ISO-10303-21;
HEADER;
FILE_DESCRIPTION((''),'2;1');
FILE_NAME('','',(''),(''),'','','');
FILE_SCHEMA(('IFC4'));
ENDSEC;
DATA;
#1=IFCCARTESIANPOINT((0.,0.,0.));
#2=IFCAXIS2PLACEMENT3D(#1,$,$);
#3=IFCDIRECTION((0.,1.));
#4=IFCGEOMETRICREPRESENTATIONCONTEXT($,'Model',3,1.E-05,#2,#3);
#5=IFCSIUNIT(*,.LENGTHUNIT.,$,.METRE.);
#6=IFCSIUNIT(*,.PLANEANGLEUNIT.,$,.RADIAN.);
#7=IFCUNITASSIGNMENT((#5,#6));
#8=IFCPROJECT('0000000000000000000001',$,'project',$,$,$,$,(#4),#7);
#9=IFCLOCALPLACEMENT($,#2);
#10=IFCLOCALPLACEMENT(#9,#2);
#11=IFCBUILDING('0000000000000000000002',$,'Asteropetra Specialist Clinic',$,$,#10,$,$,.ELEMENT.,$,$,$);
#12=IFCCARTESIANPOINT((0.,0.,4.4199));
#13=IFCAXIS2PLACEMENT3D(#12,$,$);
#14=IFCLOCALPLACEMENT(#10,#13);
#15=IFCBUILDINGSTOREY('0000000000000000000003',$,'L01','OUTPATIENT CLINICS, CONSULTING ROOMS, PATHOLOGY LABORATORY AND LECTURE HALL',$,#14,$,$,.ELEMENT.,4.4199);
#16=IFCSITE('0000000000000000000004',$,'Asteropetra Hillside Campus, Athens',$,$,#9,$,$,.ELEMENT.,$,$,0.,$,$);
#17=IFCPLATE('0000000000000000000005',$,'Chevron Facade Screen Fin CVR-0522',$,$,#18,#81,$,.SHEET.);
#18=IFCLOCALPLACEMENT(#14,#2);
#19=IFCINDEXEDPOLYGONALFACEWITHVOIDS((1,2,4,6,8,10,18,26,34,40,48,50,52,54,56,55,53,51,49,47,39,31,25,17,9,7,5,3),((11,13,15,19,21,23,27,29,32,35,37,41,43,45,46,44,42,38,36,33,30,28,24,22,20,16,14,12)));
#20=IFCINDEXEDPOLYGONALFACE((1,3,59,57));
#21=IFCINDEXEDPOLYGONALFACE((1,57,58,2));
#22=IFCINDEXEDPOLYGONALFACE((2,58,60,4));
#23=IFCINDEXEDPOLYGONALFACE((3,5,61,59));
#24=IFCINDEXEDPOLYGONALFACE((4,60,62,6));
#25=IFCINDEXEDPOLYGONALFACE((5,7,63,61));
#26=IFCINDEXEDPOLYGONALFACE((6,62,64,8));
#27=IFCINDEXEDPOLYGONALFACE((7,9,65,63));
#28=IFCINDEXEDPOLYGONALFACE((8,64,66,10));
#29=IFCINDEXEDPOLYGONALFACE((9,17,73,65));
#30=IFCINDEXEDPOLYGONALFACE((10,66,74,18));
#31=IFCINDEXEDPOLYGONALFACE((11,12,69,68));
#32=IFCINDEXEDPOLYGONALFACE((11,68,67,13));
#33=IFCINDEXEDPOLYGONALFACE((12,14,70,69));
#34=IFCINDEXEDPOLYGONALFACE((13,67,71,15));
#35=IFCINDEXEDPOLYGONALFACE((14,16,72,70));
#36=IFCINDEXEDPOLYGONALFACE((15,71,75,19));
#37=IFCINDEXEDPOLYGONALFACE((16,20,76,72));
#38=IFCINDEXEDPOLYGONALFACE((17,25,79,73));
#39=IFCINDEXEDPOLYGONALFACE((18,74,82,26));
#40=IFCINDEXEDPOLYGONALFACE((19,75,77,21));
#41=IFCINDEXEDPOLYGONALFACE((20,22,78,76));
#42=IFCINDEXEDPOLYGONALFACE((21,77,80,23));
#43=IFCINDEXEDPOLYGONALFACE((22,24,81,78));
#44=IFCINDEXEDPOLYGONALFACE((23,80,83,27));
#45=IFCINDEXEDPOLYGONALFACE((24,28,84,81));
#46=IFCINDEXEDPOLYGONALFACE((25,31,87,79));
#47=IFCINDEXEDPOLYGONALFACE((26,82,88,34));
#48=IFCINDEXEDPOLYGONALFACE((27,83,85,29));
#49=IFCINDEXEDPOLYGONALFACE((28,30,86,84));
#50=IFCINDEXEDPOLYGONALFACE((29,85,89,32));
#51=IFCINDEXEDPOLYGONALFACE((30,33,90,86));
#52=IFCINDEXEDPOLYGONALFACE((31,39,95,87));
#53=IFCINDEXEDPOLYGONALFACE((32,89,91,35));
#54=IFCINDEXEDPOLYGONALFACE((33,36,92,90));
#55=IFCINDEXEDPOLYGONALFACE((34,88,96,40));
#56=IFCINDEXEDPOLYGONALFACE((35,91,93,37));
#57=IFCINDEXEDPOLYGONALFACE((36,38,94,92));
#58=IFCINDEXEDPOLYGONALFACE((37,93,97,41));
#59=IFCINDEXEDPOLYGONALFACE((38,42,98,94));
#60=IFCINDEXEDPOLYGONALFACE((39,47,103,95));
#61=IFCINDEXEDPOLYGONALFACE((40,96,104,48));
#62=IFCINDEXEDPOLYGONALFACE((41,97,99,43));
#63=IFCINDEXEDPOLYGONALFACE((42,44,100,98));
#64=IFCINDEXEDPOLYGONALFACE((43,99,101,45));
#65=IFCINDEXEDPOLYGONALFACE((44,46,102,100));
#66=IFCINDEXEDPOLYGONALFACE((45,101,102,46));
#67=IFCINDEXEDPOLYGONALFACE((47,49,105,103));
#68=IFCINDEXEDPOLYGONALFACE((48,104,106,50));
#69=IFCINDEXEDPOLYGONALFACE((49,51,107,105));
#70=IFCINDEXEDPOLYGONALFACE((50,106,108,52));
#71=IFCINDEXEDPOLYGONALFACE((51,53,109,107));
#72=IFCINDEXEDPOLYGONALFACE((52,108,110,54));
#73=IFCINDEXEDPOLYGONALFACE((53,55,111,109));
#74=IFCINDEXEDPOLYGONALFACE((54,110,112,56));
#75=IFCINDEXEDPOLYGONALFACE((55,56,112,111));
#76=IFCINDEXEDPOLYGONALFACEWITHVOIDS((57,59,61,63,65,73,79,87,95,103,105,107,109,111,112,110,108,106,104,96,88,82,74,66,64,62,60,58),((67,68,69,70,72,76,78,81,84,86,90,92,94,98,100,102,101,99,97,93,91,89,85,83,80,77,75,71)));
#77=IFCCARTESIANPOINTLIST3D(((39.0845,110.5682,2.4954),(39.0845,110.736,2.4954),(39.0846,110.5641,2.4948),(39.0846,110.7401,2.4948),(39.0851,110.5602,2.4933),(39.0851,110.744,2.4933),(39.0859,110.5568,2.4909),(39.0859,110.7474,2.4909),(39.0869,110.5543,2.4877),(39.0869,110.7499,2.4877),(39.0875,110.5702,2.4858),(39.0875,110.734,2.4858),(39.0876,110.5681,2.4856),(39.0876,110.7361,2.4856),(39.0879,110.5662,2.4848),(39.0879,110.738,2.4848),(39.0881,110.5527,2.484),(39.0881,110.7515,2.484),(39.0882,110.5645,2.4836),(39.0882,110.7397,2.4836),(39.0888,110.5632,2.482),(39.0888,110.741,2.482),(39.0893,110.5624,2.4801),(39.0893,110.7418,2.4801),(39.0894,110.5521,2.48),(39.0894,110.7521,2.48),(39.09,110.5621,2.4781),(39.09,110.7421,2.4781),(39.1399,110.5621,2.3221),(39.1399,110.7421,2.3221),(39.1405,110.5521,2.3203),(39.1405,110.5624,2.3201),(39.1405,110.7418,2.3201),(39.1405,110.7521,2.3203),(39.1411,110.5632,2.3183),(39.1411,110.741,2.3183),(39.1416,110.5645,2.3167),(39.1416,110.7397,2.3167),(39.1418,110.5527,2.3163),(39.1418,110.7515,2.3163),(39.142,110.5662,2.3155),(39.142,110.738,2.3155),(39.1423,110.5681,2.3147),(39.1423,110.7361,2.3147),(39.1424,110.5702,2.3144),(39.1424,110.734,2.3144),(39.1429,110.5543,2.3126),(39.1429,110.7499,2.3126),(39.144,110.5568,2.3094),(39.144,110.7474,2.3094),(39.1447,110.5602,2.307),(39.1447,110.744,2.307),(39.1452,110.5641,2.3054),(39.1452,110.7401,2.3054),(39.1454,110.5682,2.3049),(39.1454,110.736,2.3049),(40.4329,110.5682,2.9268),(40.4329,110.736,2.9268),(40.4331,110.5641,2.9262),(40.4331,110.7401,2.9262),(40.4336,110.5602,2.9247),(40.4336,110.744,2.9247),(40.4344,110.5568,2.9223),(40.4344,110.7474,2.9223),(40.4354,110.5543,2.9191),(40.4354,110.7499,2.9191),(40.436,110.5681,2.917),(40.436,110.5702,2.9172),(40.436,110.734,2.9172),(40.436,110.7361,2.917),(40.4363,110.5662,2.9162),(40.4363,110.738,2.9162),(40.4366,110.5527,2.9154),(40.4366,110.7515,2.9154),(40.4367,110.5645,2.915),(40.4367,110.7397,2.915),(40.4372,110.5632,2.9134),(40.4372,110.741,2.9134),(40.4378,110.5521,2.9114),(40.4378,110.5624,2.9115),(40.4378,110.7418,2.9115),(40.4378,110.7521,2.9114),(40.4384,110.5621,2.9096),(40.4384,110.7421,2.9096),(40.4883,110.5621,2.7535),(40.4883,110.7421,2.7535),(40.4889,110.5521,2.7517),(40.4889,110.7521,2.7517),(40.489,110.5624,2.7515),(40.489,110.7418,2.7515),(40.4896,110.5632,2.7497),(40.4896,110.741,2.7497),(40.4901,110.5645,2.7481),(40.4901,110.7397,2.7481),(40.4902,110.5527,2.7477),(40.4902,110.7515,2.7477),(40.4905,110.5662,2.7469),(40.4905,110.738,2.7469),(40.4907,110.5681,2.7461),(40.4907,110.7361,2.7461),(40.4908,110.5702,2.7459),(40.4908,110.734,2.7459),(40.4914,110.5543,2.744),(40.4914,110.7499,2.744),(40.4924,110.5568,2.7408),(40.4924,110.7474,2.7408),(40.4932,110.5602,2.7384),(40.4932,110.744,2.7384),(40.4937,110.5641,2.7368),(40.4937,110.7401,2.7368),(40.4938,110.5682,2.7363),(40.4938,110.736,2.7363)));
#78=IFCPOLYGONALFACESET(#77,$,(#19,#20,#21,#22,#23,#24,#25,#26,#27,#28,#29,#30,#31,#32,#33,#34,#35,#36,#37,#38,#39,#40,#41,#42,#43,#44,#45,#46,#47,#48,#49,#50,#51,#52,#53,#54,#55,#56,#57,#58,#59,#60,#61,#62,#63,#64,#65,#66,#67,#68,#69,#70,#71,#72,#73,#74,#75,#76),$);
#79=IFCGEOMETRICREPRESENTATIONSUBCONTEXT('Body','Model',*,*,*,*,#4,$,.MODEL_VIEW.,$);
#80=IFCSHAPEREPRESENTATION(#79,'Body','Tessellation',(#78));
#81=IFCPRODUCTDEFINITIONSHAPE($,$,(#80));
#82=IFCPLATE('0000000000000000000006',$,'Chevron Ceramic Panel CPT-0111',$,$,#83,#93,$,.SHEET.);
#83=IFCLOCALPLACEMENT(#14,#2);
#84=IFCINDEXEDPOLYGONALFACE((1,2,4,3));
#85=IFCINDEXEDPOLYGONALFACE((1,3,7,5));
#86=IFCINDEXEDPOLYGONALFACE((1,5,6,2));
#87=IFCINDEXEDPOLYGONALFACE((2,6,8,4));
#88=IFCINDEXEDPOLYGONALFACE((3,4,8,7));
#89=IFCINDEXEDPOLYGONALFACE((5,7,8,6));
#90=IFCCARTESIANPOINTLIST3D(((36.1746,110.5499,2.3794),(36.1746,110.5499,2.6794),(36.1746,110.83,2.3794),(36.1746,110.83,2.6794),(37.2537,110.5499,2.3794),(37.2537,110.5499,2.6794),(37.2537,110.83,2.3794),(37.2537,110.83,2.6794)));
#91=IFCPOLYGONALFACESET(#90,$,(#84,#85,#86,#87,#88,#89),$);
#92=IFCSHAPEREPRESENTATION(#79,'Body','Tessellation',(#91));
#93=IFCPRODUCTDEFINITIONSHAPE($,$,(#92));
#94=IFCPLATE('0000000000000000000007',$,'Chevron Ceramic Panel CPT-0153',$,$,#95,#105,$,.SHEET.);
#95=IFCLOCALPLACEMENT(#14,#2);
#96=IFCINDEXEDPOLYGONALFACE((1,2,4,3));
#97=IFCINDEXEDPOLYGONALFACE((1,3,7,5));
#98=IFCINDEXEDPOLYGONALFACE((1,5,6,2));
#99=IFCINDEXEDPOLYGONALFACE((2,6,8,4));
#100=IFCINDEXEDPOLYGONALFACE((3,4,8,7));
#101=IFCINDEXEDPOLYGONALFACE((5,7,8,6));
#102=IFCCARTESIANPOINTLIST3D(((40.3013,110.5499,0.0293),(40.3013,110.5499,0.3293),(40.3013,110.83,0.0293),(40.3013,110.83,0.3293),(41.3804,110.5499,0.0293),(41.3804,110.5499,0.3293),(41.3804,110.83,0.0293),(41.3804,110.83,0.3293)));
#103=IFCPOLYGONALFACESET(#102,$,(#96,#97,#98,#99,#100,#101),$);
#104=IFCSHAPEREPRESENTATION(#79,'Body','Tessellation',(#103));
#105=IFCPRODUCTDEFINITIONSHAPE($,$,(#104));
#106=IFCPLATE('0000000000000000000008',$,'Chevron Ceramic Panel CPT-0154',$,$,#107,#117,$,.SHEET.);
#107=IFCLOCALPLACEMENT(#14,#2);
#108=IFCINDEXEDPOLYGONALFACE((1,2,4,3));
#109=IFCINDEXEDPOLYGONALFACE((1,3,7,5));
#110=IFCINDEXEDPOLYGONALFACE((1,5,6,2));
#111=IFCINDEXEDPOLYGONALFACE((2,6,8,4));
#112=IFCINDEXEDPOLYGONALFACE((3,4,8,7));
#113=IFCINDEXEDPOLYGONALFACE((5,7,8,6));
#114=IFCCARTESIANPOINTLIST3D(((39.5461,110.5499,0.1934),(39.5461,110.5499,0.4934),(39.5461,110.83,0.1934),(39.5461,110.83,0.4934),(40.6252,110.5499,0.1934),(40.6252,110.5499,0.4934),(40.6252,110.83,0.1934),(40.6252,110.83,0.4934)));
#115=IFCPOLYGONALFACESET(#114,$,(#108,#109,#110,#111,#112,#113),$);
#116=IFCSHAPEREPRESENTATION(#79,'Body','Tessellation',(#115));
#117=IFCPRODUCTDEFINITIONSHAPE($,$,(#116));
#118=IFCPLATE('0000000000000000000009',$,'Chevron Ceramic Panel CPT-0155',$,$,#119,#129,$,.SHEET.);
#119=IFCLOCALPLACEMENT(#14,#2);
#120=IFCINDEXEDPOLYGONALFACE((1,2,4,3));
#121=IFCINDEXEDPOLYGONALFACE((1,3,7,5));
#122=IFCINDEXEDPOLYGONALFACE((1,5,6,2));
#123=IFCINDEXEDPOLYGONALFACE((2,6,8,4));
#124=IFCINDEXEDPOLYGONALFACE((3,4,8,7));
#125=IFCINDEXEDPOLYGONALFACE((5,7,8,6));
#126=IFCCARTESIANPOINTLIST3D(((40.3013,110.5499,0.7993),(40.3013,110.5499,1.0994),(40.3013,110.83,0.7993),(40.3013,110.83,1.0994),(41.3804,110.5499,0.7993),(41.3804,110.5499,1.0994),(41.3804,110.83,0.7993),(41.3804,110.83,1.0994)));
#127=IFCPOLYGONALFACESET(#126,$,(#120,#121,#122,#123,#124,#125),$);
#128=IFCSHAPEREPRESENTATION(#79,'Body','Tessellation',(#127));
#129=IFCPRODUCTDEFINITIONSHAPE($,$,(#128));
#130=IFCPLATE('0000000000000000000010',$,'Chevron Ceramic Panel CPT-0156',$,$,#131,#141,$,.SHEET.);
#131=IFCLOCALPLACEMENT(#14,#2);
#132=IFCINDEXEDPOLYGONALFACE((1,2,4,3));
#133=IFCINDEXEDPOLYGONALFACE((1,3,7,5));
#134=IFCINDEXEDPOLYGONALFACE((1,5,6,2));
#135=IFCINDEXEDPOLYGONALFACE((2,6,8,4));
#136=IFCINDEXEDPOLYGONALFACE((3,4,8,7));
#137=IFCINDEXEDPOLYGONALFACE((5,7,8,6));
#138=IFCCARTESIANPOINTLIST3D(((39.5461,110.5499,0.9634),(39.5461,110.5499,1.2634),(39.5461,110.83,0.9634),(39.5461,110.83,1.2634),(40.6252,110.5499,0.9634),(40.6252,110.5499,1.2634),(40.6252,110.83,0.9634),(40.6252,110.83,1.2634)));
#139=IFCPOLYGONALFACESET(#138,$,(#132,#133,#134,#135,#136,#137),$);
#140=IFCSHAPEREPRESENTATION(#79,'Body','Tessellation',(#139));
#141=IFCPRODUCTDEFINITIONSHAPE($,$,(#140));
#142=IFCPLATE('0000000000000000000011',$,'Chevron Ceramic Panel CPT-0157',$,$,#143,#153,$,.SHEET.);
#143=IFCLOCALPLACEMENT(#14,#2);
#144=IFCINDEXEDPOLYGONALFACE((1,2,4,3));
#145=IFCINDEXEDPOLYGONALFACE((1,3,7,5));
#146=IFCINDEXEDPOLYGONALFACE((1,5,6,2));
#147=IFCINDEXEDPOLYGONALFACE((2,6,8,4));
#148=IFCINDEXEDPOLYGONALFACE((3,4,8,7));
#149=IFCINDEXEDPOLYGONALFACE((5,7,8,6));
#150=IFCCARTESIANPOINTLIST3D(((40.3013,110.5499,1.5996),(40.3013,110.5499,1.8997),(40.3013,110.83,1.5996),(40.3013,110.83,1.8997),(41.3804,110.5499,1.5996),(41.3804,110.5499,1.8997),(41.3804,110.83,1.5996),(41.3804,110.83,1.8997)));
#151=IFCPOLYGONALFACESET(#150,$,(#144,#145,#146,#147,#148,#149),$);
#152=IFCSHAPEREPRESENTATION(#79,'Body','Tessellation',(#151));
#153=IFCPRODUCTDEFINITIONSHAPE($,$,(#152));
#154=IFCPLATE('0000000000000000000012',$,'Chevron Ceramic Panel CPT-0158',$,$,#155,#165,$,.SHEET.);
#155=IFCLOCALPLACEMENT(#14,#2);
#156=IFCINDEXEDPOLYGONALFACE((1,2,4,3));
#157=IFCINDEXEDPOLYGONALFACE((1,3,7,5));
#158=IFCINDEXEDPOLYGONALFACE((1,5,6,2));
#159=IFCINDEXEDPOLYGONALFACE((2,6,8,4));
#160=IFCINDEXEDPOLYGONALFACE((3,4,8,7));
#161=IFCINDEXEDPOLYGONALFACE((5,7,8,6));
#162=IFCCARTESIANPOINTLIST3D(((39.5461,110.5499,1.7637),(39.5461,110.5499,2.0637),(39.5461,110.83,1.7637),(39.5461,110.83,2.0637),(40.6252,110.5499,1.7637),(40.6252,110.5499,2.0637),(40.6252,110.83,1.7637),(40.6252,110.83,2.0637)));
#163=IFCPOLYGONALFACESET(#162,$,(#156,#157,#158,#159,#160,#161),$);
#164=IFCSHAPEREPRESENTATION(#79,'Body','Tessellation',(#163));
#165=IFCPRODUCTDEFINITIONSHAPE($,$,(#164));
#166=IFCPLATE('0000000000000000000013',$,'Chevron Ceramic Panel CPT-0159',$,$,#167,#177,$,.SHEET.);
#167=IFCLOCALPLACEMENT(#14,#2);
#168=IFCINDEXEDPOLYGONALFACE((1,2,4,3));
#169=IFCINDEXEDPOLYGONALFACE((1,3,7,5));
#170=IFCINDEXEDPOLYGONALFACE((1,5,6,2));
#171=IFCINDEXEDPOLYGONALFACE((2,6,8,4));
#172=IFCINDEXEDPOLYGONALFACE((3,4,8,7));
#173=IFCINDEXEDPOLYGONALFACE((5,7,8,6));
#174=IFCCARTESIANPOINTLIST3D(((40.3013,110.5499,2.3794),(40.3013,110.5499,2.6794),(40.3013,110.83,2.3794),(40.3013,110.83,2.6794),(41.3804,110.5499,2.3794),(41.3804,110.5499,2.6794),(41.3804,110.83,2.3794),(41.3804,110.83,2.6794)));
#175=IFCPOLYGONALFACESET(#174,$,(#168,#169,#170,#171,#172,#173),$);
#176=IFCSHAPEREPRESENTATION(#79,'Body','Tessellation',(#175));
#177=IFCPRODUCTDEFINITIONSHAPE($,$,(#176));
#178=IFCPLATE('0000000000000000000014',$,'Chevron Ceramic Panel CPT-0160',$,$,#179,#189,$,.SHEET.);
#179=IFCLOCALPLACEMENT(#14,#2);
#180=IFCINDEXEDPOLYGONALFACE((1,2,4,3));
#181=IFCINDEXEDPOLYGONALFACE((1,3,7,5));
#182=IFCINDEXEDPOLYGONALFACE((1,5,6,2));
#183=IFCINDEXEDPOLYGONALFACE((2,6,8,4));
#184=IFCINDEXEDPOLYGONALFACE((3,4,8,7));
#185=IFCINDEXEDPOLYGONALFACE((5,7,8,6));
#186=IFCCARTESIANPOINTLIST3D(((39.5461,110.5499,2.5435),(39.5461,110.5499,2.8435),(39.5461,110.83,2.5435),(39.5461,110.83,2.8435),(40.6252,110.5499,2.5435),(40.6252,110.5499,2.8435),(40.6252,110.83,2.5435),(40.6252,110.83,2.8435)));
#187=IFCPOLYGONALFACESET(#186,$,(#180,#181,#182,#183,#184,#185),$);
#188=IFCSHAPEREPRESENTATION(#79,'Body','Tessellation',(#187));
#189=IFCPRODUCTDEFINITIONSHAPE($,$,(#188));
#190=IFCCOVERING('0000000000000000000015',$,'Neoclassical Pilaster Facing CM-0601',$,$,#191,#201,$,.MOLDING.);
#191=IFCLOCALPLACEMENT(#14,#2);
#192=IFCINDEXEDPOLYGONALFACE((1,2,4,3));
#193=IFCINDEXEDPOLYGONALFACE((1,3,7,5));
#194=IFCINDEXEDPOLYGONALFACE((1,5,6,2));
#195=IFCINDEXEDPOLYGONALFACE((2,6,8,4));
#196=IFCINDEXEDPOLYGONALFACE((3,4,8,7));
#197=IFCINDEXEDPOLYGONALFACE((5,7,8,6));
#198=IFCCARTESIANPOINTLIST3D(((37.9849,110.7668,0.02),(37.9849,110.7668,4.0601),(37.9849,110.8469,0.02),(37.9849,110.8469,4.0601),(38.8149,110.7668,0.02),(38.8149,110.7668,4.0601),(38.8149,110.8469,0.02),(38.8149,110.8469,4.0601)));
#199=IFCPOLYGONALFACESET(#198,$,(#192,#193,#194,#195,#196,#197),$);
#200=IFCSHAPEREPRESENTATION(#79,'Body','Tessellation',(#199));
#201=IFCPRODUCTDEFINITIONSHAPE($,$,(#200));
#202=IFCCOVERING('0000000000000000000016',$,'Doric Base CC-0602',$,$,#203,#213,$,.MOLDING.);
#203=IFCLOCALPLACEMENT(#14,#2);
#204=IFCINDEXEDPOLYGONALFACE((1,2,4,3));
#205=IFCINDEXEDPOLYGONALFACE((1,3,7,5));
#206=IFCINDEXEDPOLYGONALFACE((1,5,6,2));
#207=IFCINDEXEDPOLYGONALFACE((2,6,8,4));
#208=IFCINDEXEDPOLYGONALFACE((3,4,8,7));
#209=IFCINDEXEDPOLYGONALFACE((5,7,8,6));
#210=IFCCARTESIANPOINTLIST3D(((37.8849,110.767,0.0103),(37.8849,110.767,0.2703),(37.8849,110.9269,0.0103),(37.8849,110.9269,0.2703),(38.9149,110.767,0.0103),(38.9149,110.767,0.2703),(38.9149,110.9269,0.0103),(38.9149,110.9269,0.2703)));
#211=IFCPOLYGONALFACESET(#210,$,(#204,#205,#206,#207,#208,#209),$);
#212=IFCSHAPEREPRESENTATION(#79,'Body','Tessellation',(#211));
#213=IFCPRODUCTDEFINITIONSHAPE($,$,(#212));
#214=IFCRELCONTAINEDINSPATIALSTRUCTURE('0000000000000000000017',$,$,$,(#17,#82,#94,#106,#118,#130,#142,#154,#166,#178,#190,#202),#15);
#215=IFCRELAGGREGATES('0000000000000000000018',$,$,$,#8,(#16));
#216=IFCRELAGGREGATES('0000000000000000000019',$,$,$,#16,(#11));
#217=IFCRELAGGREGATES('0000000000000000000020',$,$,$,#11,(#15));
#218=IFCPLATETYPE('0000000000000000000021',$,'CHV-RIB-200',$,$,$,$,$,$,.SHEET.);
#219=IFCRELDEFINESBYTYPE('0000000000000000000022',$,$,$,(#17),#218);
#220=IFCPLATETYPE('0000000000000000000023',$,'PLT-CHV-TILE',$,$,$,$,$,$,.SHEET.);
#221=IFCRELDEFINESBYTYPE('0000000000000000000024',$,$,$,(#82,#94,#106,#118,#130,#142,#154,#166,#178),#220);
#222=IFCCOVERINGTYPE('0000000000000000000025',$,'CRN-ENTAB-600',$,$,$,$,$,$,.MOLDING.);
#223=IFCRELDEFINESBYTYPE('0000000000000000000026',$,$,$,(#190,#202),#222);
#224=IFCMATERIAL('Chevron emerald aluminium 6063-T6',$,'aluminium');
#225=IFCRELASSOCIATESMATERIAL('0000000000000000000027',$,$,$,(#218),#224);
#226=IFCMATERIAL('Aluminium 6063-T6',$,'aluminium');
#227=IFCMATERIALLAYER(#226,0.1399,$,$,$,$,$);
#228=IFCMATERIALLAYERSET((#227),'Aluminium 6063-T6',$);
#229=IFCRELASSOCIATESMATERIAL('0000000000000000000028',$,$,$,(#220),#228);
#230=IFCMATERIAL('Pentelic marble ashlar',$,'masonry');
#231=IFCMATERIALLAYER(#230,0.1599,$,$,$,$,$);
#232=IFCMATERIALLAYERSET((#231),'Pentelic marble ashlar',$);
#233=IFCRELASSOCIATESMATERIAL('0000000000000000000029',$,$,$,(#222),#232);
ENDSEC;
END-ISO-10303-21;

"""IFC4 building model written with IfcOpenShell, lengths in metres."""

from ifc_helpers import new_model, si_unit, direction, frame, origin, origin_2d, place, context, subcontext, project, spatial, rectangle, hollow_rectangle, extrude, material, layer, layer_set, material_profile, profile_set, type_object, element, save


model = new_model("IFC4")

# Units and contexts
model_context = context("Model", 3, precision=1e-05, world=origin(), true_north=direction((0.0, 1.0)))
body_context = subcontext(model_context, "Body", "Model", "MODEL_VIEW")
ifc_project = project(units=[si_unit("LENGTHUNIT", "METRE"), si_unit("PLANEANGLEUNIT", "RADIAN")], contexts=[model_context])

# Site, building, storey
site_placement = place(None, origin())
site = spatial("IfcSite", under=ifc_project, at=site_placement, Name="Asteropetra Hillside Campus, Athens", CompositionType="ELEMENT", RefElevation=0.0)
building_placement = place(site_placement, origin())
building = spatial("IfcBuilding", under=site, at=building_placement, Name="Asteropetra Specialist Clinic", CompositionType="ELEMENT")
storey_placement = place(building_placement, frame((0.0, 0.0, 4.4199)))
storey = spatial("IfcBuildingStorey", under=building, at=storey_placement, Name="L01", Description="OUTPATIENT CLINICS, CONSULTING ROOMS, PATHOLOGY LABORATORY AND LECTURE HALL", CompositionType="ELEMENT", Elevation=4.4199)

# Plates
ifc_material_1 = material(Name="Chevron emerald aluminium 6063-T6", Category="aluminium")
ifc_material_profile = material_profile(ifc_material_1, hollow_rectangle(XDim=0.2, YDim=0.2, WallThickness=0.01, InnerFilletRadius=0.0081, OuterFilletRadius=0.0161, at=origin_2d()), Name="SHS 200x200x10.0")
ifc_profile_set = profile_set([ifc_material_profile], Name="Chevron emerald aluminium 6063-T6")
plate_type_1 = type_object("IfcPlateType", Name="CHV-RIB-200", PredefinedType="SHEET", material=ifc_profile_set)
for number, where, z_axis, x_axis, name in (
    (1, (40.4634, 110.6521, 2.8315), (-0.952442, 0.0, -0.304719), (0.0, -1.0, 0.0), "Chevron Facade Screen Fin CVR-0522"),
):
    element("IfcPlate", number, at=place(storey_placement, frame(where, z_axis=z_axis, x_axis=x_axis)), inside=storey, type_object=plate_type_1, Name=name, PredefinedType="SHEET", context=body_context, shape_type="SweptSolid", body=[
        extrude(hollow_rectangle(XDim=0.2, YDim=0.2, WallThickness=0.01, InnerFilletRadius=0.0081, OuterFilletRadius=0.0161, at=origin_2d()), origin(), (0.0, 0.0, 1.0), 1.4158),
    ])
ifc_material_2 = material(Name="Aluminium 6063-T6", Category="aluminium")
ifc_layer_1 = layer(ifc_material_2, 0.1399)
ifc_layer_set_1 = layer_set([ifc_layer_1], Name="Aluminium 6063-T6")
plate_type_2 = type_object("IfcPlateType", Name="PLT-CHV-TILE", PredefinedType="SHEET", material=ifc_layer_set_1)
for number, where, z_axis, x_axis, name in (
    (2, (36.7141, 110.6899, 2.3794), (0.0, 0.0, 1.0), (1.0, 0.0, 0.0), "Chevron Ceramic Panel CPT-0111"),
    (3, (40.8408, 110.6899, 0.0293), (0.0, 0.0, 1.0), (1.0, 0.0, 0.0), "Chevron Ceramic Panel CPT-0153"),
    (4, (40.0857, 110.6899, 0.1934), (0.0, 0.0, 1.0), (1.0, 0.0, 0.0), "Chevron Ceramic Panel CPT-0154"),
    (5, (40.8408, 110.6899, 0.7993), (0.0, 0.0, 1.0), (1.0, 0.0, 0.0), "Chevron Ceramic Panel CPT-0155"),
    (6, (40.0857, 110.6899, 0.9634), (0.0, 0.0, 1.0), (1.0, 0.0, 0.0), "Chevron Ceramic Panel CPT-0156"),
    (7, (40.8408, 110.6899, 1.5996), (0.0, 0.0, 1.0), (1.0, 0.0, 0.0), "Chevron Ceramic Panel CPT-0157"),
    (8, (40.0857, 110.6899, 1.7637), (0.0, 0.0, 1.0), (1.0, 0.0, 0.0), "Chevron Ceramic Panel CPT-0158"),
    (9, (40.8408, 110.6899, 2.3794), (0.0, 0.0, 1.0), (1.0, 0.0, 0.0), "Chevron Ceramic Panel CPT-0159"),
    (10, (40.0857, 110.6899, 2.5435), (0.0, 0.0, 1.0), (1.0, 0.0, 0.0), "Chevron Ceramic Panel CPT-0160"),
):
    element("IfcPlate", number, at=place(storey_placement, frame(where, z_axis=z_axis, x_axis=x_axis)), inside=storey, type_object=plate_type_2, Name=name, PredefinedType="SHEET", context=body_context, shape_type="SweptSolid", body=[
        extrude(rectangle(XDim=1.0791, YDim=0.28, at=origin_2d()), origin(), (0.0, 0.0, 1.0), 0.3),
    ])

# Coverings
ifc_material_3 = material(Name="Pentelic marble ashlar", Category="masonry")
ifc_layer_2 = layer(ifc_material_3, 0.1599)
ifc_layer_set_2 = layer_set([ifc_layer_2], Name="Pentelic marble ashlar")
covering_type = type_object("IfcCoveringType", Name="CRN-ENTAB-600", PredefinedType="MOLDING", material=ifc_layer_set_2)
covering_1_placement = place(storey_placement, frame((38.3999, 110.8069, 0.02), z_axis=(0.0, 0.0, 1.0), x_axis=(1.0, 0.0, 0.0)))
element("IfcCovering", 11, at=covering_1_placement, inside=storey, type_object=covering_type, Name="Neoclassical Pilaster Facing CM-0601", PredefinedType="MOLDING", context=body_context, shape_type="SweptSolid", body=[
    extrude(rectangle(XDim=0.8301, YDim=0.0801, at=origin_2d()), origin(), (0.0, 0.0, 1.0), 4.04),
])
for number, where, z_axis, x_axis, name in (
    (12, (38.3999, 110.8469, 0.0103), (0.0, 0.0, 1.0), (1.0, 0.0, 0.0), "Doric Base CC-0602"),
):
    element("IfcCovering", number, at=place(storey_placement, frame(where, z_axis=z_axis, x_axis=x_axis)), inside=storey, type_object=covering_type, Name=name, PredefinedType="MOLDING", context=body_context, shape_type="SweptSolid", body=[
        extrude(rectangle(XDim=1.03, YDim=0.1599, at=origin_2d()), origin(), (0.0, 0.0, 1.0), 0.26),
    ])

save(model, "model.ifc")
